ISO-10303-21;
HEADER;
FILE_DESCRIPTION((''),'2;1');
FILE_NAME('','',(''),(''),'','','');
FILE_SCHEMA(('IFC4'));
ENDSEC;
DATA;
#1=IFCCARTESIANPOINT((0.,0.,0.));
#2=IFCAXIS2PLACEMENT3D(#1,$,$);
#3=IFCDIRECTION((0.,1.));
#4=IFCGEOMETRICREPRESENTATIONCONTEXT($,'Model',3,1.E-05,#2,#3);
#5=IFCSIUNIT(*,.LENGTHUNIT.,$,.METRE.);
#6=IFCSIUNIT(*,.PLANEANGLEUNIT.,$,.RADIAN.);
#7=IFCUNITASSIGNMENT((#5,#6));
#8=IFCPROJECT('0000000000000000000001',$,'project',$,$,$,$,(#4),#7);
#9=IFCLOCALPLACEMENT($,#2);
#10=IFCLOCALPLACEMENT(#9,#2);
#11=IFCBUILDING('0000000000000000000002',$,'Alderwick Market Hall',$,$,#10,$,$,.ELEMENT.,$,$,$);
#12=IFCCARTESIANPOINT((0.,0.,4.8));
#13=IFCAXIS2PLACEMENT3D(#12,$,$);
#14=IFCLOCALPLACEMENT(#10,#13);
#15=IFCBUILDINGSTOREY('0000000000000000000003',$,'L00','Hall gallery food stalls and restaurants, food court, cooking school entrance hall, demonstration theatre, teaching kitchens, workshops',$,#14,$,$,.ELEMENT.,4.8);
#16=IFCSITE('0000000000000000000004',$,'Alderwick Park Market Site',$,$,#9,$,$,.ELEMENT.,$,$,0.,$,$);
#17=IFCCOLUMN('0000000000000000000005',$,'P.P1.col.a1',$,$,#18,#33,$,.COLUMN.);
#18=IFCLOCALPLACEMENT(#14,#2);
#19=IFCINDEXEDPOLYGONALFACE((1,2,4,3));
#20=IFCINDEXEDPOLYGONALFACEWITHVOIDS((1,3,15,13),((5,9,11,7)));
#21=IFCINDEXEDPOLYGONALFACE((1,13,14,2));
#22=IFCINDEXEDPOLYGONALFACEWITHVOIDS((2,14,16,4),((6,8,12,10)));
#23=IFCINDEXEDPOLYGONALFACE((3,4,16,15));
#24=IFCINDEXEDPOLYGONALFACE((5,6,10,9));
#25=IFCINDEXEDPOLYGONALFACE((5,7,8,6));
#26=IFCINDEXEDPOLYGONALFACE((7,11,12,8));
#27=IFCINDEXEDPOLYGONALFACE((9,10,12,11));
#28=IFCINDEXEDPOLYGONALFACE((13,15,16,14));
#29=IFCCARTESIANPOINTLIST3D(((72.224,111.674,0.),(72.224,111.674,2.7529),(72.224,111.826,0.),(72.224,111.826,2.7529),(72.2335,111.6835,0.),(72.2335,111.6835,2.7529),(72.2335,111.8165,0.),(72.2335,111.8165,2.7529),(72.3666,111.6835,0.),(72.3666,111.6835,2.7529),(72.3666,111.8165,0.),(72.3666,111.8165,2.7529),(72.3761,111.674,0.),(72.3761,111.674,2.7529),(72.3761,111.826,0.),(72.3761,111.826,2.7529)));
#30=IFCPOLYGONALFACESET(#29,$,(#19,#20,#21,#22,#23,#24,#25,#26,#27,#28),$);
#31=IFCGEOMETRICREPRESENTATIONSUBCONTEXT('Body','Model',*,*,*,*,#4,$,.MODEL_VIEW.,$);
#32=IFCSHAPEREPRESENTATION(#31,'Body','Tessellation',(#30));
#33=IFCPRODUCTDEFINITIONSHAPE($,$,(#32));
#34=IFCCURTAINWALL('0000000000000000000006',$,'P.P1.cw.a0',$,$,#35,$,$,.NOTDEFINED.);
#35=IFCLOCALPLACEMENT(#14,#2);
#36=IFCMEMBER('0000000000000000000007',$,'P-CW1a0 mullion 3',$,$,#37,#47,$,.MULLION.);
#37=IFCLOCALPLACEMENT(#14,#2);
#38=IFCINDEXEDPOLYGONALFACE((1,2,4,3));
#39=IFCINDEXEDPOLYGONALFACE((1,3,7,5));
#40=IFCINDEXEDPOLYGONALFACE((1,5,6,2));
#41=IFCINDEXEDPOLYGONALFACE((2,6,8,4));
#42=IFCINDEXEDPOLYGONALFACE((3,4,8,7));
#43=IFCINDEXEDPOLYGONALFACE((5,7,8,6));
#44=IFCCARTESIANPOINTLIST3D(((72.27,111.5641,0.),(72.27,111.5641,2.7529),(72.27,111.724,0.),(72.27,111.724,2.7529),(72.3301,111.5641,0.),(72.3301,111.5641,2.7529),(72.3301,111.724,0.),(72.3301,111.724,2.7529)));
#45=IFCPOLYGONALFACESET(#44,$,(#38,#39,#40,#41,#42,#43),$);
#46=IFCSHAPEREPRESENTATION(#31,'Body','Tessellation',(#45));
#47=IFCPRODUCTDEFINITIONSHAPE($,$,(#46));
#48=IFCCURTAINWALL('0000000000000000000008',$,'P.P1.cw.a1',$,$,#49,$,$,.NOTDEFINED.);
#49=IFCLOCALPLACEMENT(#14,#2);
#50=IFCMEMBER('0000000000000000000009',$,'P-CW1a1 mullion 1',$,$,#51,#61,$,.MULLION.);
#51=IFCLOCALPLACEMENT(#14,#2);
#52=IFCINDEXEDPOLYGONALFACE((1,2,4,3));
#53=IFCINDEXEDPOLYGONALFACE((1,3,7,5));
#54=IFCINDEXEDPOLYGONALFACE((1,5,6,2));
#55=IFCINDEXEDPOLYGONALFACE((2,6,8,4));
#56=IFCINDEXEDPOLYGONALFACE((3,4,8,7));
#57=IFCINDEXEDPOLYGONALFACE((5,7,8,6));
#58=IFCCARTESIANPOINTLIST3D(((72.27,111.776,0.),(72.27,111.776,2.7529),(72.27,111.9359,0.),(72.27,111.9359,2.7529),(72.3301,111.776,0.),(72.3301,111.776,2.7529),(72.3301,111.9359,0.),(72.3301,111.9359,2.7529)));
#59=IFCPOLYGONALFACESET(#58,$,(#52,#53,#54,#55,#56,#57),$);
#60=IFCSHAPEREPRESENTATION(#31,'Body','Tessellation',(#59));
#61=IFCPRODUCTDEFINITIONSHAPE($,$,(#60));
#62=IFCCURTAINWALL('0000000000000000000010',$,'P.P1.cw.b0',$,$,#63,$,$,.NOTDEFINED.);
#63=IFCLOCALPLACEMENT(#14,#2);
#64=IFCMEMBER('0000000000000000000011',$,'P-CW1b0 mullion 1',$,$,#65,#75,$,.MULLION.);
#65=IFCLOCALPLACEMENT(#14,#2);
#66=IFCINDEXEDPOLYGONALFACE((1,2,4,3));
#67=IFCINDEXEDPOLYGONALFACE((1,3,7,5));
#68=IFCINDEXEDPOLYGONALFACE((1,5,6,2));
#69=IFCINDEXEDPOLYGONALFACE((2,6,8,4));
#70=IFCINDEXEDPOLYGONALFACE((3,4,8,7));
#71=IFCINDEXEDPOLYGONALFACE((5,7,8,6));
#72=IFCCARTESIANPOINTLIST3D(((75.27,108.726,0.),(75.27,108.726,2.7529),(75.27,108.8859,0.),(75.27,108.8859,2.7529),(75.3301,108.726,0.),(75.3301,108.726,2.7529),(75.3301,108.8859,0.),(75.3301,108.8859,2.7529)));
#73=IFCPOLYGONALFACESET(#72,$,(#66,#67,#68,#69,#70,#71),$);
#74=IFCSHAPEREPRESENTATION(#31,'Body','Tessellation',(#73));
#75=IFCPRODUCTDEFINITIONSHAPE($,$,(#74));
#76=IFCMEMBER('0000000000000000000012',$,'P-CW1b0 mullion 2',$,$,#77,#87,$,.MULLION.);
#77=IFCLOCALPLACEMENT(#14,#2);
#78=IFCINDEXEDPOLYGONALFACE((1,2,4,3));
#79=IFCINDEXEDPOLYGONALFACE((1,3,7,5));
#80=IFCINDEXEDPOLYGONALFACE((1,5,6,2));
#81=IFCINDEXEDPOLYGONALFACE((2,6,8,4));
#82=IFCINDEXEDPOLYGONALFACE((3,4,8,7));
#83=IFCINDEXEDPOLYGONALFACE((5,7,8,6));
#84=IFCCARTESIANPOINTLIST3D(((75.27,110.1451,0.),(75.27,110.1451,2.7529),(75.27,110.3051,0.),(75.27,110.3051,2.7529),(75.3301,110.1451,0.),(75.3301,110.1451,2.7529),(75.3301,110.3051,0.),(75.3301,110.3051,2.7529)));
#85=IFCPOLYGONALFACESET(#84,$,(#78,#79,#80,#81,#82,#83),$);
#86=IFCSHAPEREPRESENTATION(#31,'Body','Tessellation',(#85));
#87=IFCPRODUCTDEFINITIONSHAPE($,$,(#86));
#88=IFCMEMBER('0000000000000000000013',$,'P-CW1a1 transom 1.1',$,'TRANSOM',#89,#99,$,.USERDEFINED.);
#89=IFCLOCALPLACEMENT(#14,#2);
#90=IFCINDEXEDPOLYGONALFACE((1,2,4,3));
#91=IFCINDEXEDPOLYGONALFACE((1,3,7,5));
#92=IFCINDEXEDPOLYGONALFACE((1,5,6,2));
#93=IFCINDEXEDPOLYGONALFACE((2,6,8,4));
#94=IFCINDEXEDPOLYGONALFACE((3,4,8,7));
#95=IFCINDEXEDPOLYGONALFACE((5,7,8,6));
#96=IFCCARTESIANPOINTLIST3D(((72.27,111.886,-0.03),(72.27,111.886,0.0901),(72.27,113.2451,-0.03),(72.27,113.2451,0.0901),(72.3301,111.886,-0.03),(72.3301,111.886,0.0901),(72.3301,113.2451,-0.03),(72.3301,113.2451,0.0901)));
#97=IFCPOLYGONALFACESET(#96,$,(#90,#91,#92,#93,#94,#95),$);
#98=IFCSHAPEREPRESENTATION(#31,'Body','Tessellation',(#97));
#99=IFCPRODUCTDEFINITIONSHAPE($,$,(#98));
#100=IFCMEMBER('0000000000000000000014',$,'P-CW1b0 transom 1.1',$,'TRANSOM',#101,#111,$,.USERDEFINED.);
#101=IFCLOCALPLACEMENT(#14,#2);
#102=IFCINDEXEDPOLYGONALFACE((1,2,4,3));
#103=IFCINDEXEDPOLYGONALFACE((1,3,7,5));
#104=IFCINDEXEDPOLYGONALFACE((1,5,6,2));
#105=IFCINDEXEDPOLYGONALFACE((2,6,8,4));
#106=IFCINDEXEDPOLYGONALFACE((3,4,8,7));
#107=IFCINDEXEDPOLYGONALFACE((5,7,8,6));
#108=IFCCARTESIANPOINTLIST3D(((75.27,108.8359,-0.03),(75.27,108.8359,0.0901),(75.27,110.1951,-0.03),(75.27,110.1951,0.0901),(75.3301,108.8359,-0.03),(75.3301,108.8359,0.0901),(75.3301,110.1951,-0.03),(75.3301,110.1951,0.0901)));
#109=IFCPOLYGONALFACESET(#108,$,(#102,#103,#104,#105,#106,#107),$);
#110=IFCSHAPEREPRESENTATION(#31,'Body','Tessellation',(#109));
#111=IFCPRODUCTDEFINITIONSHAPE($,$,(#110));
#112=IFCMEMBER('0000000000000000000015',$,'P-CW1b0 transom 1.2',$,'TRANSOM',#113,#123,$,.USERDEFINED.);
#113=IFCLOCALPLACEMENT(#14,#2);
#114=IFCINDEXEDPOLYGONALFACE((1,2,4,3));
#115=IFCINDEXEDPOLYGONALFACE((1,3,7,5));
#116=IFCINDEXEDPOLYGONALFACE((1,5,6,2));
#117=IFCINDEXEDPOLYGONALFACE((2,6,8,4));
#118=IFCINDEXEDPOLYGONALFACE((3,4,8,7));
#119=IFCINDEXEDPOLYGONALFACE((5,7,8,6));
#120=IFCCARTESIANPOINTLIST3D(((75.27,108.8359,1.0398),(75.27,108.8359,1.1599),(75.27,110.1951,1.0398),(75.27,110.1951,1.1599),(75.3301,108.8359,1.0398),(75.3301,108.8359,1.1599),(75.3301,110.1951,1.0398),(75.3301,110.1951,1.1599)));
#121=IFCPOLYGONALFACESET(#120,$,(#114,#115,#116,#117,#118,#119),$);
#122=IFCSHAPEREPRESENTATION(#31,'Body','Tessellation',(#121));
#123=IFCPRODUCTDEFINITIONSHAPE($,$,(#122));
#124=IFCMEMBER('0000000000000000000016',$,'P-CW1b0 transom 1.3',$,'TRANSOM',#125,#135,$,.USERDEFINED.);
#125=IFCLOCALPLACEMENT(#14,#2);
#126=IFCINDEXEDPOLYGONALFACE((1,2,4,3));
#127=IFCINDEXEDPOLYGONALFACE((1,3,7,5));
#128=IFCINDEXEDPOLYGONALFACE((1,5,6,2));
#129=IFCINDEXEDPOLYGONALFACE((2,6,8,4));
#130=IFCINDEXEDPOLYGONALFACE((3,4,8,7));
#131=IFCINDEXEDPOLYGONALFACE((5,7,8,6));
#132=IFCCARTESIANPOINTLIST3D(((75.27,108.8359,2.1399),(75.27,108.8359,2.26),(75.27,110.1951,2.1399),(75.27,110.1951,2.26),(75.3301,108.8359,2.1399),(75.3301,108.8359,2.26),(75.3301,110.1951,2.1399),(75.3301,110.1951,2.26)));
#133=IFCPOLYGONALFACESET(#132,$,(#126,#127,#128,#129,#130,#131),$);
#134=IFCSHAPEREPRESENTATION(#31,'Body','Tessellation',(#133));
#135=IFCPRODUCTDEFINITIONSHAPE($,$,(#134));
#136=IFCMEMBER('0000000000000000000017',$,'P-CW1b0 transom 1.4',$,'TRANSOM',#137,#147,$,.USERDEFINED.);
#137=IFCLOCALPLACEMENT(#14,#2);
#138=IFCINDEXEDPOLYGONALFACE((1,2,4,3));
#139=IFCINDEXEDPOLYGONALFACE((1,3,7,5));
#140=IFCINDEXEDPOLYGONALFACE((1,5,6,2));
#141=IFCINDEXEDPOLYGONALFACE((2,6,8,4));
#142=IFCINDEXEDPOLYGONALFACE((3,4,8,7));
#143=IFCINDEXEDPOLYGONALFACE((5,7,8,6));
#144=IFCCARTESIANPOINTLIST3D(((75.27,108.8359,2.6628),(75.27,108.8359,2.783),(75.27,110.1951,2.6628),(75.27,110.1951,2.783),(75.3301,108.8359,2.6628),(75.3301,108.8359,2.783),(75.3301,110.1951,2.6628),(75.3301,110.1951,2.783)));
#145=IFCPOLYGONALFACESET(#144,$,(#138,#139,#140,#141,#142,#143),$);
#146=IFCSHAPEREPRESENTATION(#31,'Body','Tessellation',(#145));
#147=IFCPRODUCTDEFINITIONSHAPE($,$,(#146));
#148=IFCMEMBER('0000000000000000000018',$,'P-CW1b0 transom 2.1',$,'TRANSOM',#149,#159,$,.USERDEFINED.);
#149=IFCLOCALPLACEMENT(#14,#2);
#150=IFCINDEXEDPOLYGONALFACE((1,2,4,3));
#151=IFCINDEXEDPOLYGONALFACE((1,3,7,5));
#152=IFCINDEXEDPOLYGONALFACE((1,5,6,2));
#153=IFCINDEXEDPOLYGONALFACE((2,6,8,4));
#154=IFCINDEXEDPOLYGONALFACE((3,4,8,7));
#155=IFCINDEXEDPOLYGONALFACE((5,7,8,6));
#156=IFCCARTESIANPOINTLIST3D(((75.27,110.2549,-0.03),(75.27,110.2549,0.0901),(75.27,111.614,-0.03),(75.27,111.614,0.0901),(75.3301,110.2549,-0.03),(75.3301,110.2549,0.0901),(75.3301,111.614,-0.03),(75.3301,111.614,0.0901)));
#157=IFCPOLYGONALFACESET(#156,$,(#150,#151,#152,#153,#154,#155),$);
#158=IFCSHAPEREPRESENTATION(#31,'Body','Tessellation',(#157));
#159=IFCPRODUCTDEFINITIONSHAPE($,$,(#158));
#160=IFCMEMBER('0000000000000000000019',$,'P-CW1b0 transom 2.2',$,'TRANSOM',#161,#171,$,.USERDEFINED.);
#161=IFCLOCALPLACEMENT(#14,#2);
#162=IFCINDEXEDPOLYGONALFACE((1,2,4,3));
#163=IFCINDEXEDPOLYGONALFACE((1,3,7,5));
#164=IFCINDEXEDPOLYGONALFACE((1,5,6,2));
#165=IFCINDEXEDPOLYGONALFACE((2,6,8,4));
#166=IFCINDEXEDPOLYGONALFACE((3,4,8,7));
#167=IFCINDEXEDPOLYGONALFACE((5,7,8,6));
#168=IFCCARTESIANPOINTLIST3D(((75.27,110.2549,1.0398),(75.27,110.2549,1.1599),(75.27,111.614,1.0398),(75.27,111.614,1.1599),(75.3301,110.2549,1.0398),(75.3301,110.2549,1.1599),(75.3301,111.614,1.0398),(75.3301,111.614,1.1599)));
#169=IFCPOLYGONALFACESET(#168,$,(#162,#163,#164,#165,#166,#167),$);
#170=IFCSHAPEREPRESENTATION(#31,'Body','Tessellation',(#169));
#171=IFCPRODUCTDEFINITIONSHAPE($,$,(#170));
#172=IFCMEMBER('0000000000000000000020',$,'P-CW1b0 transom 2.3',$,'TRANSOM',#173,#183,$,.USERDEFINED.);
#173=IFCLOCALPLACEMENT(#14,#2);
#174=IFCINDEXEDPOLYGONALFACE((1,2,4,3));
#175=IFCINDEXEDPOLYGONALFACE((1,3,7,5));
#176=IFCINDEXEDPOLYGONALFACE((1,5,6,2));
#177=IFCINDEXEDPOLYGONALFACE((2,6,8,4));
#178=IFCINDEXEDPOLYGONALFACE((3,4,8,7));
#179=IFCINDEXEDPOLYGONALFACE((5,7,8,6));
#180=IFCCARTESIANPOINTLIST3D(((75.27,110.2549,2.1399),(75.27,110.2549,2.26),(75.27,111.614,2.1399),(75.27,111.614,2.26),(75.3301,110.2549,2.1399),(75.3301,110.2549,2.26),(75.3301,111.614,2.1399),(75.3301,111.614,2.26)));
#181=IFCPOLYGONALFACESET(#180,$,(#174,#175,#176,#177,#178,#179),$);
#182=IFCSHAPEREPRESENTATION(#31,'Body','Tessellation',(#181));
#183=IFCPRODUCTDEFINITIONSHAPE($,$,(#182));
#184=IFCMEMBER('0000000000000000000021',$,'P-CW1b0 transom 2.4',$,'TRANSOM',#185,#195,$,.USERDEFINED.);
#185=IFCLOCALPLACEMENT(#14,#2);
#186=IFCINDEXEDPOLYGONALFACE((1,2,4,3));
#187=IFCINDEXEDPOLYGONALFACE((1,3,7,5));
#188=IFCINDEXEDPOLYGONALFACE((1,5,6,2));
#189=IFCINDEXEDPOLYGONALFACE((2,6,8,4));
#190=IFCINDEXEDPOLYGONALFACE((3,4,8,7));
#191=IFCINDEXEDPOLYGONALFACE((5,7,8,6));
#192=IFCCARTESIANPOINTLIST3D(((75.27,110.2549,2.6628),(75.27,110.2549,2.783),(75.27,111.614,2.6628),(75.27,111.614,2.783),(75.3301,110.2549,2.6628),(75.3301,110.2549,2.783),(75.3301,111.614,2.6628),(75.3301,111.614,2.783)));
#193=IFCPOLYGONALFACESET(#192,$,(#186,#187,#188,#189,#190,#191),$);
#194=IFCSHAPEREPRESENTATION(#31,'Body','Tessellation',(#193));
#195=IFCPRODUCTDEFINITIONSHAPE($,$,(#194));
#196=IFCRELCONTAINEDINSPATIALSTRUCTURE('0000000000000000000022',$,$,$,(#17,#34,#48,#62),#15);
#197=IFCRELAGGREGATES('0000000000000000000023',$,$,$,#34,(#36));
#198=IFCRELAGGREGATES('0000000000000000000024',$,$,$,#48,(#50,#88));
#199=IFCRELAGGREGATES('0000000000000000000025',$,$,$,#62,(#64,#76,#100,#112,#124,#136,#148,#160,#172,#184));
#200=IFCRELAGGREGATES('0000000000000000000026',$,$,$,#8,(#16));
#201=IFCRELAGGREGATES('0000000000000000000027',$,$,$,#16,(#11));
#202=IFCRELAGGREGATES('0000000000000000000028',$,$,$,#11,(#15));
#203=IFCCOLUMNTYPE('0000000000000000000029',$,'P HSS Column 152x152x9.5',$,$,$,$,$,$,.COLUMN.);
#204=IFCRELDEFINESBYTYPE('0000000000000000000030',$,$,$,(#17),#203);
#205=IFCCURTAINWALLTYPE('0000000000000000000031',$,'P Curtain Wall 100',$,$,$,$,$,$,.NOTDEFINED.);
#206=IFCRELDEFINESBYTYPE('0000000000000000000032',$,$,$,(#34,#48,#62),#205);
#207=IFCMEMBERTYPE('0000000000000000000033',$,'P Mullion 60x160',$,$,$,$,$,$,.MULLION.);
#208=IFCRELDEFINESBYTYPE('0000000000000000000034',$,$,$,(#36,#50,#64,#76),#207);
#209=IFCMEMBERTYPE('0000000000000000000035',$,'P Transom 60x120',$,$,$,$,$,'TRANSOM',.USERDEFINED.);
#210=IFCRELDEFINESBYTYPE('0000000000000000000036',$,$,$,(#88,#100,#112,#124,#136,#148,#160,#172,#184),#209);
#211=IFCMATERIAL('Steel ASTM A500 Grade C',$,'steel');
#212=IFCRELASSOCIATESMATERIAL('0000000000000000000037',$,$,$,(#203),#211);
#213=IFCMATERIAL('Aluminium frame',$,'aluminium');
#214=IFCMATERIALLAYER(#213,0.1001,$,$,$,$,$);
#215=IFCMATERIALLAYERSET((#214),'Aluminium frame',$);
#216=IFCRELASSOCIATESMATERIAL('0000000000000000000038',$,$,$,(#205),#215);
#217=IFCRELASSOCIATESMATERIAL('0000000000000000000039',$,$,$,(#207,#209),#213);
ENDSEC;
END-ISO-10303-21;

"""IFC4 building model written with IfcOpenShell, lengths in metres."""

from ifc_helpers import new_model, si_unit, direction, frame, origin, origin_2d, place, context, subcontext, project, spatial, rectangle, hollow_rectangle, extrude, material, layer, layer_set, material_profile, profile_set, type_object, element, aggregate, save


model = new_model("IFC4")

# Units and contexts
model_context = context("Model", 3, precision=1e-05, world=origin(), true_north=direction((0.0, 1.0)))
body_context = subcontext(model_context, "Body", "Model", "MODEL_VIEW")
ifc_project = project(units=[si_unit("LENGTHUNIT", "METRE"), si_unit("PLANEANGLEUNIT", "RADIAN")], contexts=[model_context])

# Site, building, storey
site_placement = place(None, origin())
site = spatial("IfcSite", under=ifc_project, at=site_placement, Name="Alderwick Park Market Site", CompositionType="ELEMENT", RefElevation=0.0)
building_placement = place(site_placement, origin())
building = spatial("IfcBuilding", under=site, at=building_placement, Name="Alderwick Market Hall", CompositionType="ELEMENT")
storey_placement = place(building_placement, frame((0.0, 0.0, 4.8)))
storey = spatial("IfcBuildingStorey", under=building, at=storey_placement, Name="L00", Description="Hall gallery food stalls and restaurants, food court, cooking school entrance hall, demonstration theatre, teaching kitchens, workshops", CompositionType="ELEMENT", Elevation=4.8)

# Column
ifc_material_1 = material(Name="Steel ASTM A500 Grade C", Category="steel")
ifc_material_profile_1 = material_profile(ifc_material_1, hollow_rectangle(XDim=0.1521, YDim=0.1521, WallThickness=0.0095, at=origin_2d()), Name="HSS152x152x9.5")
ifc_profile_set_1 = profile_set([ifc_material_profile_1], Name="Steel ASTM A500 Grade C")
column_type = type_object("IfcColumnType", Name="P HSS Column 152x152x9.5", PredefinedType="COLUMN", material=ifc_profile_set_1)
column_placement = place(storey_placement, frame((72.3, 111.75, 0.0), z_axis=(0.0, 0.0, 1.0), x_axis=(1.0, 0.0, 0.0)))
element("IfcColumn", 1, at=column_placement, inside=storey, type_object=column_type, Name="P.P1.col.a1", PredefinedType="COLUMN", context=body_context, shape_type="SweptSolid", body=[
    extrude(hollow_rectangle(XDim=0.1521, YDim=0.1521, WallThickness=0.0095, at=origin_2d()), origin(), (0.0, 0.0, 1.0), 2.7529),
])

# Curtain walls, members
ifc_material_2 = material(Name="Aluminium frame", Category="aluminium")
ifc_layer_1 = layer(ifc_material_2, 0.1001)
ifc_layer_set_1 = layer_set([ifc_layer_1], Name="Aluminium frame")
curtain_wall_type = type_object("IfcCurtainWallType", Name="P Curtain Wall 100", PredefinedType="NOTDEFINED", material=ifc_layer_set_1)
curtain_wall_1_placement = place(storey_placement, origin())
curtain_wall_1 = element("IfcCurtainWall", 2, at=curtain_wall_1_placement, inside=storey, type_object=curtain_wall_type, Name="P.P1.cw.a0", PredefinedType="NOTDEFINED")
ifc_material_profile_2 = material_profile(ifc_material_2, rectangle(XDim=0.0601, YDim=0.1599, at=origin_2d()), Name="P Mullion 60x160")
ifc_profile_set_2 = profile_set([ifc_material_profile_2], Name="Aluminium frame")
member_type_1 = type_object("IfcMemberType", Name="P Mullion 60x160", PredefinedType="MULLION", material=ifc_profile_set_2)
member_1_placement = place(storey_placement, frame((72.3, 111.644, 0.0), z_axis=(0.0, 0.0, 1.0), x_axis=(-1.0, 0.0, 0.0)))
member_1 = element("IfcMember", 3, at=member_1_placement, type_object=member_type_1, Name="P-CW1a0 mullion 3", PredefinedType="MULLION", context=body_context, shape_type="SweptSolid", body=[
    extrude(rectangle(XDim=0.0601, YDim=0.1599, at=origin_2d()), origin(), (0.0, 0.0, 1.0), 2.7529),
])
aggregate(curtain_wall_1, [member_1])
curtain_wall_2_placement = place(storey_placement, origin())
curtain_wall_2 = element("IfcCurtainWall", 4, at=curtain_wall_2_placement, inside=storey, type_object=curtain_wall_type, Name="P.P1.cw.a1", PredefinedType="NOTDEFINED")
member_2_placement = place(storey_placement, frame((72.3, 111.856, 0.0), z_axis=(0.0, 0.0, 1.0), x_axis=(-1.0, 0.0, 0.0)))
member_2 = element("IfcMember", 5, at=member_2_placement, type_object=member_type_1, Name="P-CW1a1 mullion 1", PredefinedType="MULLION", context=body_context, shape_type="SweptSolid", body=[
    extrude(rectangle(XDim=0.0601, YDim=0.1599, at=origin_2d()), origin(), (0.0, 0.0, 1.0), 2.7529),
])

# Curtain wall, members
curtain_wall_3_placement = place(storey_placement, origin())
curtain_wall_3 = element("IfcCurtainWall", 6, at=curtain_wall_3_placement, inside=storey, type_object=curtain_wall_type, Name="P.P1.cw.b0", PredefinedType="NOTDEFINED")
member_3_placement = place(storey_placement, frame((75.3, 108.8059, 0.0), z_axis=(0.0, 0.0, 1.0), x_axis=(-1.0, 0.0, 0.0)))
member_3 = element("IfcMember", 7, at=member_3_placement, type_object=member_type_1, Name="P-CW1b0 mullion 1", PredefinedType="MULLION", context=body_context, shape_type="SweptSolid", body=[
    extrude(rectangle(XDim=0.0601, YDim=0.1599, at=origin_2d()), origin(), (0.0, 0.0, 1.0), 2.7529),
])
member_4_placement = place(storey_placement, frame((75.3, 110.2251, 0.0), z_axis=(0.0, 0.0, 1.0), x_axis=(-1.0, 0.0, 0.0)))
member_4 = element("IfcMember", 8, at=member_4_placement, type_object=member_type_1, Name="P-CW1b0 mullion 2", PredefinedType="MULLION", context=body_context, shape_type="SweptSolid", body=[
    extrude(rectangle(XDim=0.0601, YDim=0.1599, at=origin_2d()), origin(), (0.0, 0.0, 1.0), 2.7529),
])

# Members
ifc_material_profile_3 = material_profile(ifc_material_2, rectangle(XDim=0.0601, YDim=0.1201, at=origin_2d()), Name="P Transom 60x120")
ifc_profile_set_3 = profile_set([ifc_material_profile_3], Name="Aluminium frame")
member_type_2 = type_object("IfcMemberType", Name="P Transom 60x120", ElementType="TRANSOM", PredefinedType="USERDEFINED", material=ifc_profile_set_3)
member_5_placement = place(storey_placement, frame((72.3, 111.886, 0.03), z_axis=(0.0, 1.0, 0.0), x_axis=(-1.0, 0.0, 0.0)))
member_5 = element("IfcMember", 9, at=member_5_placement, type_object=member_type_2, Name="P-CW1a1 transom 1.1", ObjectType="TRANSOM", PredefinedType="USERDEFINED", context=body_context, shape_type="SweptSolid", body=[
    extrude(rectangle(XDim=0.0601, YDim=0.1201, at=origin_2d()), origin(), (0.0, 0.0, 1.0), 1.3591),
])
aggregate(curtain_wall_2, [member_2, member_5])
member_6_placement = place(storey_placement, frame((75.3, 108.8359, 0.03), z_axis=(0.0, 1.0, 0.0), x_axis=(-1.0, 0.0, 0.0)))
member_6 = element("IfcMember", 10, at=member_6_placement, type_object=member_type_2, Name="P-CW1b0 transom 1.1", ObjectType="TRANSOM", PredefinedType="USERDEFINED", context=body_context, shape_type="SweptSolid", body=[
    extrude(rectangle(XDim=0.0601, YDim=0.1201, at=origin_2d()), origin(), (0.0, 0.0, 1.0), 1.3591),
])
member_7_placement = place(storey_placement, frame((75.3, 108.8359, 1.0999), z_axis=(0.0, 1.0, 0.0), x_axis=(-1.0, 0.0, 0.0)))
member_7 = element("IfcMember", 11, at=member_7_placement, type_object=member_type_2, Name="P-CW1b0 transom 1.2", ObjectType="TRANSOM", PredefinedType="USERDEFINED", context=body_context, shape_type="SweptSolid", body=[
    extrude(rectangle(XDim=0.0601, YDim=0.1201, at=origin_2d()), origin(), (0.0, 0.0, 1.0), 1.3591),
])
member_8_placement = place(storey_placement, frame((75.3, 108.8359, 2.2), z_axis=(0.0, 1.0, 0.0), x_axis=(-1.0, 0.0, 0.0)))
member_8 = element("IfcMember", 12, at=member_8_placement, type_object=member_type_2, Name="P-CW1b0 transom 1.3", ObjectType="TRANSOM", PredefinedType="USERDEFINED", context=body_context, shape_type="SweptSolid", body=[
    extrude(rectangle(XDim=0.0601, YDim=0.1201, at=origin_2d()), origin(), (0.0, 0.0, 1.0), 1.3591),
])
member_9_placement = place(storey_placement, frame((75.3, 108.8359, 2.7229), z_axis=(0.0, 1.0, 0.0), x_axis=(-1.0, 0.0, 0.0)))
member_9 = element("IfcMember", 13, at=member_9_placement, type_object=member_type_2, Name="P-CW1b0 transom 1.4", ObjectType="TRANSOM", PredefinedType="USERDEFINED", context=body_context, shape_type="SweptSolid", body=[
    extrude(rectangle(XDim=0.0601, YDim=0.1201, at=origin_2d()), origin(), (0.0, 0.0, 1.0), 1.3591),
])
member_10_placement = place(storey_placement, frame((75.3, 110.2549, 0.03), z_axis=(0.0, 1.0, 0.0), x_axis=(-1.0, 0.0, 0.0)))
member_10 = element("IfcMember", 14, at=member_10_placement, type_object=member_type_2, Name="P-CW1b0 transom 2.1", ObjectType="TRANSOM", PredefinedType="USERDEFINED", context=body_context, shape_type="SweptSolid", body=[
    extrude(rectangle(XDim=0.0601, YDim=0.1201, at=origin_2d()), origin(), (0.0, 0.0, 1.0), 1.3591),
])
member_11_placement = place(storey_placement, frame((75.3, 110.2549, 1.0999), z_axis=(0.0, 1.0, 0.0), x_axis=(-1.0, 0.0, 0.0)))
member_11 = element("IfcMember", 15, at=member_11_placement, type_object=member_type_2, Name="P-CW1b0 transom 2.2", ObjectType="TRANSOM", PredefinedType="USERDEFINED", context=body_context, shape_type="SweptSolid", body=[
    extrude(rectangle(XDim=0.0601, YDim=0.1201, at=origin_2d()), origin(), (0.0, 0.0, 1.0), 1.3591),
])
member_12_placement = place(storey_placement, frame((75.3, 110.2549, 2.2), z_axis=(0.0, 1.0, 0.0), x_axis=(-1.0, 0.0, 0.0)))
member_12 = element("IfcMember", 16, at=member_12_placement, type_object=member_type_2, Name="P-CW1b0 transom 2.3", ObjectType="TRANSOM", PredefinedType="USERDEFINED", context=body_context, shape_type="SweptSolid", body=[
    extrude(rectangle(XDim=0.0601, YDim=0.1201, at=origin_2d()), origin(), (0.0, 0.0, 1.0), 1.3591),
])
member_13_placement = place(storey_placement, frame((75.3, 110.2549, 2.7229), z_axis=(0.0, 1.0, 0.0), x_axis=(-1.0, 0.0, 0.0)))
member_13 = element("IfcMember", 17, at=member_13_placement, type_object=member_type_2, Name="P-CW1b0 transom 2.4", ObjectType="TRANSOM", PredefinedType="USERDEFINED", context=body_context, shape_type="SweptSolid", body=[
    extrude(rectangle(XDim=0.0601, YDim=0.1201, at=origin_2d()), origin(), (0.0, 0.0, 1.0), 1.3591),
])

aggregate(curtain_wall_3, [member_3, member_4, member_6, member_7, member_8, member_9, member_10, member_11, member_12, member_13])

save(model, "model.ifc")
